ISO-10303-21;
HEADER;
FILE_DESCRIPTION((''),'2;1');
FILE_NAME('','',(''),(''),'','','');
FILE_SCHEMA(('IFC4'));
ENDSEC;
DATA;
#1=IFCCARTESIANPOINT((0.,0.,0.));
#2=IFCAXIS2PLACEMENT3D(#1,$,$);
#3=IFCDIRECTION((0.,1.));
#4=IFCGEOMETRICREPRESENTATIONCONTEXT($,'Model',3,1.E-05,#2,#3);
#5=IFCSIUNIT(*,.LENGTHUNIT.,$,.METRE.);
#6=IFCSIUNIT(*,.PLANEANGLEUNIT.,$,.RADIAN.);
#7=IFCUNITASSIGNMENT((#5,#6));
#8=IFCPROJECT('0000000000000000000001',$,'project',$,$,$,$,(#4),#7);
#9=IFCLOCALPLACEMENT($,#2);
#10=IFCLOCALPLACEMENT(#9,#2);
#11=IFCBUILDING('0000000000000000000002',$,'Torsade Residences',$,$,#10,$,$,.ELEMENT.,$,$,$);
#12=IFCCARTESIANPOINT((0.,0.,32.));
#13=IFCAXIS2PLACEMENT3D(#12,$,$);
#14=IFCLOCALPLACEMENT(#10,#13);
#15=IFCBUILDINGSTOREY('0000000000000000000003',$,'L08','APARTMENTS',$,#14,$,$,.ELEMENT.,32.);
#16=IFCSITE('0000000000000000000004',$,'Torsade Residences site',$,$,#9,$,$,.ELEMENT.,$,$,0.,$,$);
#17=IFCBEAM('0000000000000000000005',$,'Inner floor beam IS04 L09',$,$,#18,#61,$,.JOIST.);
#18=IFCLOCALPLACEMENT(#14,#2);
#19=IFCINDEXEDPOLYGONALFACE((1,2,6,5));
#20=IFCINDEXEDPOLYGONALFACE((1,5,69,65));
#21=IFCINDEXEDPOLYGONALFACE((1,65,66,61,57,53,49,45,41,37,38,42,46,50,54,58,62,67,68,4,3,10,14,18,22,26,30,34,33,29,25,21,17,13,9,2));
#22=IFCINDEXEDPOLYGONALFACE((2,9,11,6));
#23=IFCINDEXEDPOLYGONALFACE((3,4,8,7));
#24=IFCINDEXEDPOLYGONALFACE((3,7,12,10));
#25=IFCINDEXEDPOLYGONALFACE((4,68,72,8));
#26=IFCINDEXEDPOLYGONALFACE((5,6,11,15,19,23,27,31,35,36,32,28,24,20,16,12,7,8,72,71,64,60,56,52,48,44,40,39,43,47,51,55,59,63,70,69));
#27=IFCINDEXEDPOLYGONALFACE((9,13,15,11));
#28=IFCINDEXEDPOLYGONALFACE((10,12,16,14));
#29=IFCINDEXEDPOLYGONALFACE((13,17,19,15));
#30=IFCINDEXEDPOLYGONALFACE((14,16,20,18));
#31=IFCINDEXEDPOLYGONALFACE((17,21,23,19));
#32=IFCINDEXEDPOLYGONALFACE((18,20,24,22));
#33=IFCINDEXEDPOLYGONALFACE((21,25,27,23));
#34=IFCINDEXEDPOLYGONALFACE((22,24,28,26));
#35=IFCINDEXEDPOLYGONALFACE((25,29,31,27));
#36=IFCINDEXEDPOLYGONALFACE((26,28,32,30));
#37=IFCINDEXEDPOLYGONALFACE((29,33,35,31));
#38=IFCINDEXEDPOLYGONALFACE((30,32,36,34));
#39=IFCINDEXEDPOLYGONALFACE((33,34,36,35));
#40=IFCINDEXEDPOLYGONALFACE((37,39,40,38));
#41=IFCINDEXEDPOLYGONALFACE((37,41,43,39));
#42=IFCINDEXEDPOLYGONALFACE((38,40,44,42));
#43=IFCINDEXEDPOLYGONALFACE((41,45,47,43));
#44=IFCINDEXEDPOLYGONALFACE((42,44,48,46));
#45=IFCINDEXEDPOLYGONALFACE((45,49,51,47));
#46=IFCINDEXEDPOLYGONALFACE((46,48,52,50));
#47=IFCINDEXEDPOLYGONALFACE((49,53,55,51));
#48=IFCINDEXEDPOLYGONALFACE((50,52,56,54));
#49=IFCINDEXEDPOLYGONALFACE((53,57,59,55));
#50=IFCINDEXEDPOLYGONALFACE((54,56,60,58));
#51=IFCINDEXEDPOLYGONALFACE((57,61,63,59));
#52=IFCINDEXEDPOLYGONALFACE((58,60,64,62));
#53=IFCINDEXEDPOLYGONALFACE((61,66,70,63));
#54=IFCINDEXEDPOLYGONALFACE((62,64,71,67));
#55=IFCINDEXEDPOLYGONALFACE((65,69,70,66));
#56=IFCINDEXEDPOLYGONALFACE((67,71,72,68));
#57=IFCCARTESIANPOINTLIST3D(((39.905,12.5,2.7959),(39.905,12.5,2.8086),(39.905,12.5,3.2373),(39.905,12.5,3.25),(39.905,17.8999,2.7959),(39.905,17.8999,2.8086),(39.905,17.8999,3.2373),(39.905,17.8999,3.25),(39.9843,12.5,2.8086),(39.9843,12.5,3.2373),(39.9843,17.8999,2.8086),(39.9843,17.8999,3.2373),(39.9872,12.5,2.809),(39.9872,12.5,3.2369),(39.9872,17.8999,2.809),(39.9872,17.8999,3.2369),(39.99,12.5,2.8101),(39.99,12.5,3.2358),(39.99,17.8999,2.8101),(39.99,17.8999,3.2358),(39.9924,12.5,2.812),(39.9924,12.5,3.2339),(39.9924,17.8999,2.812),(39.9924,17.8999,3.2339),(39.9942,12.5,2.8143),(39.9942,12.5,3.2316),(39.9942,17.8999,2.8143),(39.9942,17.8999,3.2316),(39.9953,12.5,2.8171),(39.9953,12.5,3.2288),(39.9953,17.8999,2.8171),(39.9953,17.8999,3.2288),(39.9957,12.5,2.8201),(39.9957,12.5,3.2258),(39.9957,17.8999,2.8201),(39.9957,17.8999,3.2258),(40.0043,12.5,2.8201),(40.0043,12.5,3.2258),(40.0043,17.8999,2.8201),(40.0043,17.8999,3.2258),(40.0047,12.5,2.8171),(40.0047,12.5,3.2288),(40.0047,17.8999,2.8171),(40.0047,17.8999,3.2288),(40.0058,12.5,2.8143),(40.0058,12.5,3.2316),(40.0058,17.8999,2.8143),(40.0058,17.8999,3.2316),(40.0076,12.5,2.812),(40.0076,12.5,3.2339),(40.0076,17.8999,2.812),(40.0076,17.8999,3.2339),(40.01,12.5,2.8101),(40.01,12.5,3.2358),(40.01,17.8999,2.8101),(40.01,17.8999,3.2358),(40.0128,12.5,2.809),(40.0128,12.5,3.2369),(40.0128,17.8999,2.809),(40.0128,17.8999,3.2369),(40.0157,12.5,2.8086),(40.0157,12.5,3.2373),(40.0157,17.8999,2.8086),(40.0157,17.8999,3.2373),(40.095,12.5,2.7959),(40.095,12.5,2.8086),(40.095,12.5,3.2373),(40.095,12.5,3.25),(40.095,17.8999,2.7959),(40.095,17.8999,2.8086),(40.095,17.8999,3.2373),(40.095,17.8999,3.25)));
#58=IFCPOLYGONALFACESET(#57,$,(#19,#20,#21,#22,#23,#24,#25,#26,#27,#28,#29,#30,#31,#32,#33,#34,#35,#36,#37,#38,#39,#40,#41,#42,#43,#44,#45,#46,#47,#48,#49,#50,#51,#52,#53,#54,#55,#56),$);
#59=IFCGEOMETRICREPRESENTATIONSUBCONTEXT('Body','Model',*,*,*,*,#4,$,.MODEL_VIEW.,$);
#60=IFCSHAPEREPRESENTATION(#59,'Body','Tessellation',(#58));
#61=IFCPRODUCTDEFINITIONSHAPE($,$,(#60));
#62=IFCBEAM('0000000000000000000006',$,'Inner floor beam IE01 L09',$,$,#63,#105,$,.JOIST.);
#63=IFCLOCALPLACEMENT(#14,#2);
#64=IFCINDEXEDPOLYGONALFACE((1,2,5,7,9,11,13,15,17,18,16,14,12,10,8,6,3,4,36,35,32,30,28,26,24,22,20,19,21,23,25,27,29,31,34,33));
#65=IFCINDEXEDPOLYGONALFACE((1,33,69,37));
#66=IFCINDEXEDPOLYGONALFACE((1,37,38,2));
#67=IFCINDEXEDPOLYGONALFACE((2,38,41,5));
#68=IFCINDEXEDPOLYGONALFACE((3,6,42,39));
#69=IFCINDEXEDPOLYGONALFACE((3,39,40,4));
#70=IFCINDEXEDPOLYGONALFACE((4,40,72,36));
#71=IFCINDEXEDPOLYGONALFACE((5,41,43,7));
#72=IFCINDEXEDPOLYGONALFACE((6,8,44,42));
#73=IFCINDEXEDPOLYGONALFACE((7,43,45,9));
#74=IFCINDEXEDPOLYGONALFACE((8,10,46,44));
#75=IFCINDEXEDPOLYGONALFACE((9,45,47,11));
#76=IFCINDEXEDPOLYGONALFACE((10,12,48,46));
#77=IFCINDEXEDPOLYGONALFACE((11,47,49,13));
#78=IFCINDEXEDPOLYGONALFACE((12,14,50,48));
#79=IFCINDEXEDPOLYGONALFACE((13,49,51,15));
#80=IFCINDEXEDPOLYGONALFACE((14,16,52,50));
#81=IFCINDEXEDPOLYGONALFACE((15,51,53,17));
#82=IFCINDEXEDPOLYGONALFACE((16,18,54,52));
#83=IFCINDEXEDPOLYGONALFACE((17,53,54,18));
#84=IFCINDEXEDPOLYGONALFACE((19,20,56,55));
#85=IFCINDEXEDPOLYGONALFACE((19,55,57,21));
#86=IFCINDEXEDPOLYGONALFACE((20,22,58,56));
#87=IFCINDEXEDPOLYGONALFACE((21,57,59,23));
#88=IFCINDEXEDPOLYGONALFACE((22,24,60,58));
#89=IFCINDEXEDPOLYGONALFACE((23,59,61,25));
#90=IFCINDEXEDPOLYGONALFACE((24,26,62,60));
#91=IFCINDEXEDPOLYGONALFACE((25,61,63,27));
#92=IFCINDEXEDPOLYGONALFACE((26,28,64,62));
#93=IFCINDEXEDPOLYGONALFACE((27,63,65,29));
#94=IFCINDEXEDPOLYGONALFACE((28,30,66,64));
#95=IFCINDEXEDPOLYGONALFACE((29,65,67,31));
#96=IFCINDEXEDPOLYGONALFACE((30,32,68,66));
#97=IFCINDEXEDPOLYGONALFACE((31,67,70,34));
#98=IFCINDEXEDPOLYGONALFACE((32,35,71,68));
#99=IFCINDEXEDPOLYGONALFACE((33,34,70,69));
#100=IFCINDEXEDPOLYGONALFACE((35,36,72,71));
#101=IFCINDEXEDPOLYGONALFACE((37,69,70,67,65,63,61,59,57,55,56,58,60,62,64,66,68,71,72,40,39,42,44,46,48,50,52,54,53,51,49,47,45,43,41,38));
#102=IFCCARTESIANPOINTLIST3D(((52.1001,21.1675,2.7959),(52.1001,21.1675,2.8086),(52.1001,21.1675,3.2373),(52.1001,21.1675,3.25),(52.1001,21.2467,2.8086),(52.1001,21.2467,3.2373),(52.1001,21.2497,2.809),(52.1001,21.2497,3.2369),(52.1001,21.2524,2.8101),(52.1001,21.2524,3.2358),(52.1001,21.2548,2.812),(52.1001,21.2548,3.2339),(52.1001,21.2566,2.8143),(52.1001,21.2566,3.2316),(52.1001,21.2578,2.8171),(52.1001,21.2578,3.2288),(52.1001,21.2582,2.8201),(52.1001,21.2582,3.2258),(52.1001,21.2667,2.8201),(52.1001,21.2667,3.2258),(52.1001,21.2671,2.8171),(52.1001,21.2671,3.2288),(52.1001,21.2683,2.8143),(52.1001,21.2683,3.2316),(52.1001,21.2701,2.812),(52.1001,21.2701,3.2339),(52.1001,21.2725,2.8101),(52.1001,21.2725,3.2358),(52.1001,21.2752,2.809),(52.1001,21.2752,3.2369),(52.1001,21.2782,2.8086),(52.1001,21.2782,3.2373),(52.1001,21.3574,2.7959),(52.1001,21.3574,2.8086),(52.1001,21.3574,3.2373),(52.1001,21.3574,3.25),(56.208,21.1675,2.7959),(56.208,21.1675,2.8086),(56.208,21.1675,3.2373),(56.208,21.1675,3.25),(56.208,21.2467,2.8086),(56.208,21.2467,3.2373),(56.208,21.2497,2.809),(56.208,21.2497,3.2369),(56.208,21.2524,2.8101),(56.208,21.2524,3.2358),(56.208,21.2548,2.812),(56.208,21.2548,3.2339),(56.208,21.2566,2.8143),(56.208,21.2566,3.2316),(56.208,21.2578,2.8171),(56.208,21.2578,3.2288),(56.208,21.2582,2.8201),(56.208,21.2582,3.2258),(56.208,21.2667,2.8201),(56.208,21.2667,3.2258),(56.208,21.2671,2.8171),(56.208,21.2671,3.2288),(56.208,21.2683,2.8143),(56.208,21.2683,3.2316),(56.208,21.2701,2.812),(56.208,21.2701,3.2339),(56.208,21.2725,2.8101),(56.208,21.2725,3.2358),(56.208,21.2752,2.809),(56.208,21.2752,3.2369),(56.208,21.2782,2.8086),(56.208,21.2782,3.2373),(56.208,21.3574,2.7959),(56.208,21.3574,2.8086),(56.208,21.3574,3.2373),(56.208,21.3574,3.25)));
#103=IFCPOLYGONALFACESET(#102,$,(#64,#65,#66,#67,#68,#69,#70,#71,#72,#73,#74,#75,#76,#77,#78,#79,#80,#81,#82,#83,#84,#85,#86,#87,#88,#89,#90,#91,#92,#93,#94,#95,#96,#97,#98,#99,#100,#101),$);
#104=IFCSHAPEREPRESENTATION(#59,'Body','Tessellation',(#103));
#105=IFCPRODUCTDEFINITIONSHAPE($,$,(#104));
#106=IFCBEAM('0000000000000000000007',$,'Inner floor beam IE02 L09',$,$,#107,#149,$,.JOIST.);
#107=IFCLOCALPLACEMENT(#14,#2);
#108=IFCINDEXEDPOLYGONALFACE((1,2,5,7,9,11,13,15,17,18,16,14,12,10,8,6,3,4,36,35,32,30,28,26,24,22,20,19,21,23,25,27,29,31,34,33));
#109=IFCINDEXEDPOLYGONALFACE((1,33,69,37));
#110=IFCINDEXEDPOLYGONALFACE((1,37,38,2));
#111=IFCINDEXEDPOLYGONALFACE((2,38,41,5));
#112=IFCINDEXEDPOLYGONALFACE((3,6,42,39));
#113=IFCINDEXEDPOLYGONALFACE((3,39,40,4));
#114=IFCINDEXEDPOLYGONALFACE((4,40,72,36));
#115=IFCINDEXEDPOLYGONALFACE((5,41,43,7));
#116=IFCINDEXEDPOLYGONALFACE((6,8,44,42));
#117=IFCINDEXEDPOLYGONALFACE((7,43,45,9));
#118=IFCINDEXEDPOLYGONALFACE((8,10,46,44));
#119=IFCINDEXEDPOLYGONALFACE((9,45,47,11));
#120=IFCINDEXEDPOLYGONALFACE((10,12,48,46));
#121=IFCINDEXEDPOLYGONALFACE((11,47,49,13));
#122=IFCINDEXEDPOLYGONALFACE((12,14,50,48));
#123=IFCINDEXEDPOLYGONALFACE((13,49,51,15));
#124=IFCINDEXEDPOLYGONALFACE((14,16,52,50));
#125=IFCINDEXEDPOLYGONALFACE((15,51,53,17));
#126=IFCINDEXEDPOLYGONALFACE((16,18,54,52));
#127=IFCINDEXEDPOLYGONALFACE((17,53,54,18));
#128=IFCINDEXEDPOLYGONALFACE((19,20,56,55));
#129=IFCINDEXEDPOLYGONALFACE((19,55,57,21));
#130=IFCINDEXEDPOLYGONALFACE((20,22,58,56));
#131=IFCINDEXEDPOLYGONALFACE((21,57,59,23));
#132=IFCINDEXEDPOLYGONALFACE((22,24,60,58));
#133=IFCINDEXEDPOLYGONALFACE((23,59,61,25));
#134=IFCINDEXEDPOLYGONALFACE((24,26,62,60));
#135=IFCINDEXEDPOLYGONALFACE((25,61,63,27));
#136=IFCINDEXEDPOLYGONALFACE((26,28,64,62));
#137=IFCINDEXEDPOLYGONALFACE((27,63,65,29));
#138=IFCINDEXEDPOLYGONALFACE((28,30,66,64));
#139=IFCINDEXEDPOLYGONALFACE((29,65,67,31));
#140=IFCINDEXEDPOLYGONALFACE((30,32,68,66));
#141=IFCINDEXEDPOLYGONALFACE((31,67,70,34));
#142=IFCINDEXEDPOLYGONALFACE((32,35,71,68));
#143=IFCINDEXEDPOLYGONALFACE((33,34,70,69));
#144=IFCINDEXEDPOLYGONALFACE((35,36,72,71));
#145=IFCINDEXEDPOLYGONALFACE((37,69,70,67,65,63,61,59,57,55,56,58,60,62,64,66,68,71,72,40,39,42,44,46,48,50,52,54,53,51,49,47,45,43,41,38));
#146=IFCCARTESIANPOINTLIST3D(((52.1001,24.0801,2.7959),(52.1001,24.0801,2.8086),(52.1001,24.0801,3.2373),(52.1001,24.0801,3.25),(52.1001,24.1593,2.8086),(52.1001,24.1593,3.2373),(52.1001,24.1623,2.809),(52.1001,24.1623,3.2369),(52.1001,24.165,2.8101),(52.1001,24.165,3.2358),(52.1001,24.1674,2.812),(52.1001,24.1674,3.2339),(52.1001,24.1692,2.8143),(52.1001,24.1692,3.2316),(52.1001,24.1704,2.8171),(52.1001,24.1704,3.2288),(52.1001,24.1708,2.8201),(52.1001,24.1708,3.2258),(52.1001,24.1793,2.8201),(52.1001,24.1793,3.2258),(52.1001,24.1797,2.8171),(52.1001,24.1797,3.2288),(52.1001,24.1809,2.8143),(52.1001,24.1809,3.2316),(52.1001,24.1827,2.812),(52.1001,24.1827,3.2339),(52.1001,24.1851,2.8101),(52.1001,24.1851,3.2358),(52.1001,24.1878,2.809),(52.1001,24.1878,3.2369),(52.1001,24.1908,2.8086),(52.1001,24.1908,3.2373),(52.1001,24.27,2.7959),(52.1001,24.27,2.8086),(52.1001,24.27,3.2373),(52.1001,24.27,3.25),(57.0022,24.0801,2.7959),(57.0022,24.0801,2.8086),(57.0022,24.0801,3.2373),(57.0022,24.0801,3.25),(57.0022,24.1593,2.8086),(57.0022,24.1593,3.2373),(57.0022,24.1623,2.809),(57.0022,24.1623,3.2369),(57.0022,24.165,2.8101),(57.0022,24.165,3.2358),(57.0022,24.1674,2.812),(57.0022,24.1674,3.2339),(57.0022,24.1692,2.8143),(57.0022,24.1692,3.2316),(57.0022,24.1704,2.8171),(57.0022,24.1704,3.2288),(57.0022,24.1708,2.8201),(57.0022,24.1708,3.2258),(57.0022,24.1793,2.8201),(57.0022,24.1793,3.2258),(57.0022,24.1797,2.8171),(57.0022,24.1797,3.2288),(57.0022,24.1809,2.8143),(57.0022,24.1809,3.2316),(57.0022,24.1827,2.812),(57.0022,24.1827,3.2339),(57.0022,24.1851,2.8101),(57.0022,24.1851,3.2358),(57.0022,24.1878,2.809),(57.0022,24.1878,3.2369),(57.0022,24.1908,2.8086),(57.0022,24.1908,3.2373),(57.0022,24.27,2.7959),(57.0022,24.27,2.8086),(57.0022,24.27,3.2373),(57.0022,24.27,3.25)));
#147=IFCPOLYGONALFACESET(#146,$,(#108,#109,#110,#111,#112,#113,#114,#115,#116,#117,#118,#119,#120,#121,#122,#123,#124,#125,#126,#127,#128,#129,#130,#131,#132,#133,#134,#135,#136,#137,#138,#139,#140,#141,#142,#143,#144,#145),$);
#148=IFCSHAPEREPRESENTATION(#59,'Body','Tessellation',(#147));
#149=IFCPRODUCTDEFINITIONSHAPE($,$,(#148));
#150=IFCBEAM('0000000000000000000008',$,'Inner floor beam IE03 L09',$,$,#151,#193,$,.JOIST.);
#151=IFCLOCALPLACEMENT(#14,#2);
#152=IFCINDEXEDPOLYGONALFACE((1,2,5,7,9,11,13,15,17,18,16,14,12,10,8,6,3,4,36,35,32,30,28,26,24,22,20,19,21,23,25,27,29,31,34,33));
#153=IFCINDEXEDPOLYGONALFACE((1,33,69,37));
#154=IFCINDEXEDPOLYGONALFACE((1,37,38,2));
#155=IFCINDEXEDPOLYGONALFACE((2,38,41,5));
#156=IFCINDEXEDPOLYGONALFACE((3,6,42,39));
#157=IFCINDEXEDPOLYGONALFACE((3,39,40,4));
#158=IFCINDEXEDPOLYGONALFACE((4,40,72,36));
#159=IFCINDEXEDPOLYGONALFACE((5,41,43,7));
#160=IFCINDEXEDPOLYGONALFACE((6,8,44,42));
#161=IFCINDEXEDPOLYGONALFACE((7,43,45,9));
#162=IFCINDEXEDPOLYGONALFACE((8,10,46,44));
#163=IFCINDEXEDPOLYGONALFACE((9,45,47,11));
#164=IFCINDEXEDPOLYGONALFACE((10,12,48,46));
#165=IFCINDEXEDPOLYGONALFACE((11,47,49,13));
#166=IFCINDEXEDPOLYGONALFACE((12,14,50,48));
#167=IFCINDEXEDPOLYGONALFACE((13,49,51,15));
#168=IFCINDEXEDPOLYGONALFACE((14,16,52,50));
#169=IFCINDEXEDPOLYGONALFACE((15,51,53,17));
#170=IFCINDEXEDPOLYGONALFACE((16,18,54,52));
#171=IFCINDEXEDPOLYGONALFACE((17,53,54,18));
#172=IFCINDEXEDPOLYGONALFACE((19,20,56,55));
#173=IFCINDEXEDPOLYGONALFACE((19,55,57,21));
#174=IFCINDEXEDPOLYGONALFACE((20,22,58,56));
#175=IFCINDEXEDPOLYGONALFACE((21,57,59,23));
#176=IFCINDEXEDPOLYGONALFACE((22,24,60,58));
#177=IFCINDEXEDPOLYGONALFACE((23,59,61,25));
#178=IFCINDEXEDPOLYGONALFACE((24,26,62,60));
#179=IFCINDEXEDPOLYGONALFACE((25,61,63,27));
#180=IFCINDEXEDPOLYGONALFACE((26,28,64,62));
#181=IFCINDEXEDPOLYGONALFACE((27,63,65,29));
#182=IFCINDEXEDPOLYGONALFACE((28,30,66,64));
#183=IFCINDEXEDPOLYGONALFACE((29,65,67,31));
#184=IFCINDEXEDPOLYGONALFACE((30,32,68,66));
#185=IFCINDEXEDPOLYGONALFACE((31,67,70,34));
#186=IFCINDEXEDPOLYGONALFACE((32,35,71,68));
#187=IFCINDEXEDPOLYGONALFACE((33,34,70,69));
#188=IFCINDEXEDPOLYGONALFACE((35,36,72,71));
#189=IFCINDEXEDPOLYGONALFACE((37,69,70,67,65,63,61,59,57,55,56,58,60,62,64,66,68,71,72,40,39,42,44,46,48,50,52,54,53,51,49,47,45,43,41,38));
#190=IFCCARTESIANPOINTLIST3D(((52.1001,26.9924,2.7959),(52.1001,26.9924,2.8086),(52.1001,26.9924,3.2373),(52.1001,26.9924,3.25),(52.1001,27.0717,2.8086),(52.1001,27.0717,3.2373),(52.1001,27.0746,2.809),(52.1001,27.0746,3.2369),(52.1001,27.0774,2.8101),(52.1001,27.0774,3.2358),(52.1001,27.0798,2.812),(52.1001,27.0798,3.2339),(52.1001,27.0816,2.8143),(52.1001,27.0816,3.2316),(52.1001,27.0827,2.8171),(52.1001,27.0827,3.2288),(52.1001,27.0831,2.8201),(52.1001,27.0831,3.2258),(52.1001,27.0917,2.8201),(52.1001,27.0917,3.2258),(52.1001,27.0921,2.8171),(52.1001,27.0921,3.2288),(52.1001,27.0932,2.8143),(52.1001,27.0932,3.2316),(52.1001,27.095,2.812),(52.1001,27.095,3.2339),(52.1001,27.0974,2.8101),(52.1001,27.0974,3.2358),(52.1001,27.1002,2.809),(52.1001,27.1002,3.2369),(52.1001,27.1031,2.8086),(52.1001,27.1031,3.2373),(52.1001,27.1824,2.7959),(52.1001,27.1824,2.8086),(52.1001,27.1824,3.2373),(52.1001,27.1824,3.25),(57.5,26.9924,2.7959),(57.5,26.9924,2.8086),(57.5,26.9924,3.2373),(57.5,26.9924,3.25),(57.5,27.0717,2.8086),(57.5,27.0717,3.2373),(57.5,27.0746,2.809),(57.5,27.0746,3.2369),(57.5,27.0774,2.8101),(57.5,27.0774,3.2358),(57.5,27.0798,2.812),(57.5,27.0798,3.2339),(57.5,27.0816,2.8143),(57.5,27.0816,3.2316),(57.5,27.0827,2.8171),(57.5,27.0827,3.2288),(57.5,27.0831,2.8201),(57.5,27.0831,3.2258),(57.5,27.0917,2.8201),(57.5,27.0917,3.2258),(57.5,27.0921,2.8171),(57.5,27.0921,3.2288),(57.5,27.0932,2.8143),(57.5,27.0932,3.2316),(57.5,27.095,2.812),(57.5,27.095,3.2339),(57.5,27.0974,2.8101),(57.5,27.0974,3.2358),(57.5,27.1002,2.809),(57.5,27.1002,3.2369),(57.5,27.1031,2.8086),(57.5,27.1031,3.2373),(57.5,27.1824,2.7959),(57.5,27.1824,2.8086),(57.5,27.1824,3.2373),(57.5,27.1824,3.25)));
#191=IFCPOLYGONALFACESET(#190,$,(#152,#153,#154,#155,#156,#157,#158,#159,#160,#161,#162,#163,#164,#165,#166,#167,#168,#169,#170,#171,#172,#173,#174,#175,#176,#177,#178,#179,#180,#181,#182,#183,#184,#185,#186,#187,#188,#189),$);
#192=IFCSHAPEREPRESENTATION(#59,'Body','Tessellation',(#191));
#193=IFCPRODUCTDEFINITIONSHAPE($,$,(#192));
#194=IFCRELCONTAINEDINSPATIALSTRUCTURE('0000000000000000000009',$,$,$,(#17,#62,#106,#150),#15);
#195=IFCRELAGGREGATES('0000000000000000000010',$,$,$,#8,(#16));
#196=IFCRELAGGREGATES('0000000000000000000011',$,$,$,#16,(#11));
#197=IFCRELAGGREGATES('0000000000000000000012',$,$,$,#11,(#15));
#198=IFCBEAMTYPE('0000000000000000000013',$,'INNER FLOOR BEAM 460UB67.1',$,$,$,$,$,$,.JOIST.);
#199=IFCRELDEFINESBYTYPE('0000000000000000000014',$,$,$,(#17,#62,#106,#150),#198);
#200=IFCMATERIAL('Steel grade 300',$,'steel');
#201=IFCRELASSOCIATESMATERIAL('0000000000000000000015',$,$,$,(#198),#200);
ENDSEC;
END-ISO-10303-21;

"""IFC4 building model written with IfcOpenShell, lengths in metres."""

from ifc_helpers import new_model, si_unit, direction, frame, origin, origin_2d, place, context, subcontext, project, spatial, i_section, extrude, material, material_profile, profile_set, type_object, element, save


model = new_model("IFC4")

# Units and contexts
model_context = context("Model", 3, precision=1e-05, world=origin(), true_north=direction((0.0, 1.0)))
body_context = subcontext(model_context, "Body", "Model", "MODEL_VIEW")
ifc_project = project(units=[si_unit("LENGTHUNIT", "METRE"), si_unit("PLANEANGLEUNIT", "RADIAN")], contexts=[model_context])

# Site, building, storey
site_placement = place(None, origin())
site = spatial("IfcSite", under=ifc_project, at=site_placement, Name="Torsade Residences site", CompositionType="ELEMENT", RefElevation=0.0)
building_placement = place(site_placement, origin())
building = spatial("IfcBuilding", under=site, at=building_placement, Name="Torsade Residences", CompositionType="ELEMENT")
storey_placement = place(building_placement, frame((0.0, 0.0, 32.0)))
storey = spatial("IfcBuildingStorey", under=building, at=storey_placement, Name="L08", Description="APARTMENTS", CompositionType="ELEMENT", Elevation=32.0)

# Beams
ifc_material_1 = material(Name="Steel grade 300", Category="steel")
ifc_material_profile_1 = material_profile(ifc_material_1, i_section(OverallWidth=0.1899, OverallDepth=0.4541, WebThickness=0.0085, FlangeThickness=0.0127, FilletRadius=0.0115, at=origin_2d()), Name="460UB67.1")
ifc_profile_set_1 = profile_set([ifc_material_profile_1], Name="Steel grade 300")
beam_type_1 = type_object("IfcBeamType", Name="INNER FLOOR BEAM 460UB67.1", PredefinedType="JOIST", material=ifc_profile_set_1)
for number, where, z_axis, x_axis, name in (
    (1, (40.0, 17.8999, 3.0229), (0.0, -1.0, 0.0), (1.0, 0.0, 0.0), "Inner floor beam IS04 L09"),
):
    element("IfcBeam", number, at=place(storey_placement, frame(where, z_axis=z_axis, x_axis=x_axis)), inside=storey, type_object=beam_type_1, Name=name, PredefinedType="JOIST", context=body_context, shape_type="SweptSolid", body=[
        extrude(i_section(OverallWidth=0.1899, OverallDepth=0.4541, WebThickness=0.0085, FlangeThickness=0.0127, FilletRadius=0.0115, at=origin_2d()), origin(), (0.0, 0.0, 1.0), 5.3999),
    ])
beam_1_placement = place(storey_placement, frame((52.1001, 21.2625, 3.0229), z_axis=(1.0, 0.0, 0.0), x_axis=(0.0, 1.0, 0.0)))
element("IfcBeam", 2, at=beam_1_placement, inside=storey, type_object=beam_type_1, Name="Inner floor beam IE01 L09", PredefinedType="JOIST", context=body_context, shape_type="SweptSolid", body=[
    extrude(i_section(OverallWidth=0.1899, OverallDepth=0.4541, WebThickness=0.0085, FlangeThickness=0.0127, FilletRadius=0.0115, at=origin_2d()), origin(), (0.0, 0.0, 1.0), 4.1079),
])
beam_2_placement = place(storey_placement, frame((52.1001, 24.175, 3.0229), z_axis=(1.0, 0.0, 0.0), x_axis=(0.0, 1.0, 0.0)))
element("IfcBeam", 3, at=beam_2_placement, inside=storey, type_object=beam_type_1, Name="Inner floor beam IE02 L09", PredefinedType="JOIST", context=body_context, shape_type="SweptSolid", body=[
    extrude(i_section(OverallWidth=0.1899, OverallDepth=0.4541, WebThickness=0.0085, FlangeThickness=0.0127, FilletRadius=0.0115, at=origin_2d()), origin(), (0.0, 0.0, 1.0), 4.9021),
])
beam_3_placement = place(storey_placement, frame((52.1001, 27.0874, 3.0229), z_axis=(1.0, 0.0, 0.0), x_axis=(0.0, 1.0, 0.0)))
element("IfcBeam", 4, at=beam_3_placement, inside=storey, type_object=beam_type_1, Name="Inner floor beam IE03 L09", PredefinedType="JOIST", context=body_context, shape_type="SweptSolid", body=[
    extrude(i_section(OverallWidth=0.1899, OverallDepth=0.4541, WebThickness=0.0085, FlangeThickness=0.0127, FilletRadius=0.0115, at=origin_2d()), origin(), (0.0, 0.0, 1.0), 5.3999),
])

save(model, "model.ifc")
